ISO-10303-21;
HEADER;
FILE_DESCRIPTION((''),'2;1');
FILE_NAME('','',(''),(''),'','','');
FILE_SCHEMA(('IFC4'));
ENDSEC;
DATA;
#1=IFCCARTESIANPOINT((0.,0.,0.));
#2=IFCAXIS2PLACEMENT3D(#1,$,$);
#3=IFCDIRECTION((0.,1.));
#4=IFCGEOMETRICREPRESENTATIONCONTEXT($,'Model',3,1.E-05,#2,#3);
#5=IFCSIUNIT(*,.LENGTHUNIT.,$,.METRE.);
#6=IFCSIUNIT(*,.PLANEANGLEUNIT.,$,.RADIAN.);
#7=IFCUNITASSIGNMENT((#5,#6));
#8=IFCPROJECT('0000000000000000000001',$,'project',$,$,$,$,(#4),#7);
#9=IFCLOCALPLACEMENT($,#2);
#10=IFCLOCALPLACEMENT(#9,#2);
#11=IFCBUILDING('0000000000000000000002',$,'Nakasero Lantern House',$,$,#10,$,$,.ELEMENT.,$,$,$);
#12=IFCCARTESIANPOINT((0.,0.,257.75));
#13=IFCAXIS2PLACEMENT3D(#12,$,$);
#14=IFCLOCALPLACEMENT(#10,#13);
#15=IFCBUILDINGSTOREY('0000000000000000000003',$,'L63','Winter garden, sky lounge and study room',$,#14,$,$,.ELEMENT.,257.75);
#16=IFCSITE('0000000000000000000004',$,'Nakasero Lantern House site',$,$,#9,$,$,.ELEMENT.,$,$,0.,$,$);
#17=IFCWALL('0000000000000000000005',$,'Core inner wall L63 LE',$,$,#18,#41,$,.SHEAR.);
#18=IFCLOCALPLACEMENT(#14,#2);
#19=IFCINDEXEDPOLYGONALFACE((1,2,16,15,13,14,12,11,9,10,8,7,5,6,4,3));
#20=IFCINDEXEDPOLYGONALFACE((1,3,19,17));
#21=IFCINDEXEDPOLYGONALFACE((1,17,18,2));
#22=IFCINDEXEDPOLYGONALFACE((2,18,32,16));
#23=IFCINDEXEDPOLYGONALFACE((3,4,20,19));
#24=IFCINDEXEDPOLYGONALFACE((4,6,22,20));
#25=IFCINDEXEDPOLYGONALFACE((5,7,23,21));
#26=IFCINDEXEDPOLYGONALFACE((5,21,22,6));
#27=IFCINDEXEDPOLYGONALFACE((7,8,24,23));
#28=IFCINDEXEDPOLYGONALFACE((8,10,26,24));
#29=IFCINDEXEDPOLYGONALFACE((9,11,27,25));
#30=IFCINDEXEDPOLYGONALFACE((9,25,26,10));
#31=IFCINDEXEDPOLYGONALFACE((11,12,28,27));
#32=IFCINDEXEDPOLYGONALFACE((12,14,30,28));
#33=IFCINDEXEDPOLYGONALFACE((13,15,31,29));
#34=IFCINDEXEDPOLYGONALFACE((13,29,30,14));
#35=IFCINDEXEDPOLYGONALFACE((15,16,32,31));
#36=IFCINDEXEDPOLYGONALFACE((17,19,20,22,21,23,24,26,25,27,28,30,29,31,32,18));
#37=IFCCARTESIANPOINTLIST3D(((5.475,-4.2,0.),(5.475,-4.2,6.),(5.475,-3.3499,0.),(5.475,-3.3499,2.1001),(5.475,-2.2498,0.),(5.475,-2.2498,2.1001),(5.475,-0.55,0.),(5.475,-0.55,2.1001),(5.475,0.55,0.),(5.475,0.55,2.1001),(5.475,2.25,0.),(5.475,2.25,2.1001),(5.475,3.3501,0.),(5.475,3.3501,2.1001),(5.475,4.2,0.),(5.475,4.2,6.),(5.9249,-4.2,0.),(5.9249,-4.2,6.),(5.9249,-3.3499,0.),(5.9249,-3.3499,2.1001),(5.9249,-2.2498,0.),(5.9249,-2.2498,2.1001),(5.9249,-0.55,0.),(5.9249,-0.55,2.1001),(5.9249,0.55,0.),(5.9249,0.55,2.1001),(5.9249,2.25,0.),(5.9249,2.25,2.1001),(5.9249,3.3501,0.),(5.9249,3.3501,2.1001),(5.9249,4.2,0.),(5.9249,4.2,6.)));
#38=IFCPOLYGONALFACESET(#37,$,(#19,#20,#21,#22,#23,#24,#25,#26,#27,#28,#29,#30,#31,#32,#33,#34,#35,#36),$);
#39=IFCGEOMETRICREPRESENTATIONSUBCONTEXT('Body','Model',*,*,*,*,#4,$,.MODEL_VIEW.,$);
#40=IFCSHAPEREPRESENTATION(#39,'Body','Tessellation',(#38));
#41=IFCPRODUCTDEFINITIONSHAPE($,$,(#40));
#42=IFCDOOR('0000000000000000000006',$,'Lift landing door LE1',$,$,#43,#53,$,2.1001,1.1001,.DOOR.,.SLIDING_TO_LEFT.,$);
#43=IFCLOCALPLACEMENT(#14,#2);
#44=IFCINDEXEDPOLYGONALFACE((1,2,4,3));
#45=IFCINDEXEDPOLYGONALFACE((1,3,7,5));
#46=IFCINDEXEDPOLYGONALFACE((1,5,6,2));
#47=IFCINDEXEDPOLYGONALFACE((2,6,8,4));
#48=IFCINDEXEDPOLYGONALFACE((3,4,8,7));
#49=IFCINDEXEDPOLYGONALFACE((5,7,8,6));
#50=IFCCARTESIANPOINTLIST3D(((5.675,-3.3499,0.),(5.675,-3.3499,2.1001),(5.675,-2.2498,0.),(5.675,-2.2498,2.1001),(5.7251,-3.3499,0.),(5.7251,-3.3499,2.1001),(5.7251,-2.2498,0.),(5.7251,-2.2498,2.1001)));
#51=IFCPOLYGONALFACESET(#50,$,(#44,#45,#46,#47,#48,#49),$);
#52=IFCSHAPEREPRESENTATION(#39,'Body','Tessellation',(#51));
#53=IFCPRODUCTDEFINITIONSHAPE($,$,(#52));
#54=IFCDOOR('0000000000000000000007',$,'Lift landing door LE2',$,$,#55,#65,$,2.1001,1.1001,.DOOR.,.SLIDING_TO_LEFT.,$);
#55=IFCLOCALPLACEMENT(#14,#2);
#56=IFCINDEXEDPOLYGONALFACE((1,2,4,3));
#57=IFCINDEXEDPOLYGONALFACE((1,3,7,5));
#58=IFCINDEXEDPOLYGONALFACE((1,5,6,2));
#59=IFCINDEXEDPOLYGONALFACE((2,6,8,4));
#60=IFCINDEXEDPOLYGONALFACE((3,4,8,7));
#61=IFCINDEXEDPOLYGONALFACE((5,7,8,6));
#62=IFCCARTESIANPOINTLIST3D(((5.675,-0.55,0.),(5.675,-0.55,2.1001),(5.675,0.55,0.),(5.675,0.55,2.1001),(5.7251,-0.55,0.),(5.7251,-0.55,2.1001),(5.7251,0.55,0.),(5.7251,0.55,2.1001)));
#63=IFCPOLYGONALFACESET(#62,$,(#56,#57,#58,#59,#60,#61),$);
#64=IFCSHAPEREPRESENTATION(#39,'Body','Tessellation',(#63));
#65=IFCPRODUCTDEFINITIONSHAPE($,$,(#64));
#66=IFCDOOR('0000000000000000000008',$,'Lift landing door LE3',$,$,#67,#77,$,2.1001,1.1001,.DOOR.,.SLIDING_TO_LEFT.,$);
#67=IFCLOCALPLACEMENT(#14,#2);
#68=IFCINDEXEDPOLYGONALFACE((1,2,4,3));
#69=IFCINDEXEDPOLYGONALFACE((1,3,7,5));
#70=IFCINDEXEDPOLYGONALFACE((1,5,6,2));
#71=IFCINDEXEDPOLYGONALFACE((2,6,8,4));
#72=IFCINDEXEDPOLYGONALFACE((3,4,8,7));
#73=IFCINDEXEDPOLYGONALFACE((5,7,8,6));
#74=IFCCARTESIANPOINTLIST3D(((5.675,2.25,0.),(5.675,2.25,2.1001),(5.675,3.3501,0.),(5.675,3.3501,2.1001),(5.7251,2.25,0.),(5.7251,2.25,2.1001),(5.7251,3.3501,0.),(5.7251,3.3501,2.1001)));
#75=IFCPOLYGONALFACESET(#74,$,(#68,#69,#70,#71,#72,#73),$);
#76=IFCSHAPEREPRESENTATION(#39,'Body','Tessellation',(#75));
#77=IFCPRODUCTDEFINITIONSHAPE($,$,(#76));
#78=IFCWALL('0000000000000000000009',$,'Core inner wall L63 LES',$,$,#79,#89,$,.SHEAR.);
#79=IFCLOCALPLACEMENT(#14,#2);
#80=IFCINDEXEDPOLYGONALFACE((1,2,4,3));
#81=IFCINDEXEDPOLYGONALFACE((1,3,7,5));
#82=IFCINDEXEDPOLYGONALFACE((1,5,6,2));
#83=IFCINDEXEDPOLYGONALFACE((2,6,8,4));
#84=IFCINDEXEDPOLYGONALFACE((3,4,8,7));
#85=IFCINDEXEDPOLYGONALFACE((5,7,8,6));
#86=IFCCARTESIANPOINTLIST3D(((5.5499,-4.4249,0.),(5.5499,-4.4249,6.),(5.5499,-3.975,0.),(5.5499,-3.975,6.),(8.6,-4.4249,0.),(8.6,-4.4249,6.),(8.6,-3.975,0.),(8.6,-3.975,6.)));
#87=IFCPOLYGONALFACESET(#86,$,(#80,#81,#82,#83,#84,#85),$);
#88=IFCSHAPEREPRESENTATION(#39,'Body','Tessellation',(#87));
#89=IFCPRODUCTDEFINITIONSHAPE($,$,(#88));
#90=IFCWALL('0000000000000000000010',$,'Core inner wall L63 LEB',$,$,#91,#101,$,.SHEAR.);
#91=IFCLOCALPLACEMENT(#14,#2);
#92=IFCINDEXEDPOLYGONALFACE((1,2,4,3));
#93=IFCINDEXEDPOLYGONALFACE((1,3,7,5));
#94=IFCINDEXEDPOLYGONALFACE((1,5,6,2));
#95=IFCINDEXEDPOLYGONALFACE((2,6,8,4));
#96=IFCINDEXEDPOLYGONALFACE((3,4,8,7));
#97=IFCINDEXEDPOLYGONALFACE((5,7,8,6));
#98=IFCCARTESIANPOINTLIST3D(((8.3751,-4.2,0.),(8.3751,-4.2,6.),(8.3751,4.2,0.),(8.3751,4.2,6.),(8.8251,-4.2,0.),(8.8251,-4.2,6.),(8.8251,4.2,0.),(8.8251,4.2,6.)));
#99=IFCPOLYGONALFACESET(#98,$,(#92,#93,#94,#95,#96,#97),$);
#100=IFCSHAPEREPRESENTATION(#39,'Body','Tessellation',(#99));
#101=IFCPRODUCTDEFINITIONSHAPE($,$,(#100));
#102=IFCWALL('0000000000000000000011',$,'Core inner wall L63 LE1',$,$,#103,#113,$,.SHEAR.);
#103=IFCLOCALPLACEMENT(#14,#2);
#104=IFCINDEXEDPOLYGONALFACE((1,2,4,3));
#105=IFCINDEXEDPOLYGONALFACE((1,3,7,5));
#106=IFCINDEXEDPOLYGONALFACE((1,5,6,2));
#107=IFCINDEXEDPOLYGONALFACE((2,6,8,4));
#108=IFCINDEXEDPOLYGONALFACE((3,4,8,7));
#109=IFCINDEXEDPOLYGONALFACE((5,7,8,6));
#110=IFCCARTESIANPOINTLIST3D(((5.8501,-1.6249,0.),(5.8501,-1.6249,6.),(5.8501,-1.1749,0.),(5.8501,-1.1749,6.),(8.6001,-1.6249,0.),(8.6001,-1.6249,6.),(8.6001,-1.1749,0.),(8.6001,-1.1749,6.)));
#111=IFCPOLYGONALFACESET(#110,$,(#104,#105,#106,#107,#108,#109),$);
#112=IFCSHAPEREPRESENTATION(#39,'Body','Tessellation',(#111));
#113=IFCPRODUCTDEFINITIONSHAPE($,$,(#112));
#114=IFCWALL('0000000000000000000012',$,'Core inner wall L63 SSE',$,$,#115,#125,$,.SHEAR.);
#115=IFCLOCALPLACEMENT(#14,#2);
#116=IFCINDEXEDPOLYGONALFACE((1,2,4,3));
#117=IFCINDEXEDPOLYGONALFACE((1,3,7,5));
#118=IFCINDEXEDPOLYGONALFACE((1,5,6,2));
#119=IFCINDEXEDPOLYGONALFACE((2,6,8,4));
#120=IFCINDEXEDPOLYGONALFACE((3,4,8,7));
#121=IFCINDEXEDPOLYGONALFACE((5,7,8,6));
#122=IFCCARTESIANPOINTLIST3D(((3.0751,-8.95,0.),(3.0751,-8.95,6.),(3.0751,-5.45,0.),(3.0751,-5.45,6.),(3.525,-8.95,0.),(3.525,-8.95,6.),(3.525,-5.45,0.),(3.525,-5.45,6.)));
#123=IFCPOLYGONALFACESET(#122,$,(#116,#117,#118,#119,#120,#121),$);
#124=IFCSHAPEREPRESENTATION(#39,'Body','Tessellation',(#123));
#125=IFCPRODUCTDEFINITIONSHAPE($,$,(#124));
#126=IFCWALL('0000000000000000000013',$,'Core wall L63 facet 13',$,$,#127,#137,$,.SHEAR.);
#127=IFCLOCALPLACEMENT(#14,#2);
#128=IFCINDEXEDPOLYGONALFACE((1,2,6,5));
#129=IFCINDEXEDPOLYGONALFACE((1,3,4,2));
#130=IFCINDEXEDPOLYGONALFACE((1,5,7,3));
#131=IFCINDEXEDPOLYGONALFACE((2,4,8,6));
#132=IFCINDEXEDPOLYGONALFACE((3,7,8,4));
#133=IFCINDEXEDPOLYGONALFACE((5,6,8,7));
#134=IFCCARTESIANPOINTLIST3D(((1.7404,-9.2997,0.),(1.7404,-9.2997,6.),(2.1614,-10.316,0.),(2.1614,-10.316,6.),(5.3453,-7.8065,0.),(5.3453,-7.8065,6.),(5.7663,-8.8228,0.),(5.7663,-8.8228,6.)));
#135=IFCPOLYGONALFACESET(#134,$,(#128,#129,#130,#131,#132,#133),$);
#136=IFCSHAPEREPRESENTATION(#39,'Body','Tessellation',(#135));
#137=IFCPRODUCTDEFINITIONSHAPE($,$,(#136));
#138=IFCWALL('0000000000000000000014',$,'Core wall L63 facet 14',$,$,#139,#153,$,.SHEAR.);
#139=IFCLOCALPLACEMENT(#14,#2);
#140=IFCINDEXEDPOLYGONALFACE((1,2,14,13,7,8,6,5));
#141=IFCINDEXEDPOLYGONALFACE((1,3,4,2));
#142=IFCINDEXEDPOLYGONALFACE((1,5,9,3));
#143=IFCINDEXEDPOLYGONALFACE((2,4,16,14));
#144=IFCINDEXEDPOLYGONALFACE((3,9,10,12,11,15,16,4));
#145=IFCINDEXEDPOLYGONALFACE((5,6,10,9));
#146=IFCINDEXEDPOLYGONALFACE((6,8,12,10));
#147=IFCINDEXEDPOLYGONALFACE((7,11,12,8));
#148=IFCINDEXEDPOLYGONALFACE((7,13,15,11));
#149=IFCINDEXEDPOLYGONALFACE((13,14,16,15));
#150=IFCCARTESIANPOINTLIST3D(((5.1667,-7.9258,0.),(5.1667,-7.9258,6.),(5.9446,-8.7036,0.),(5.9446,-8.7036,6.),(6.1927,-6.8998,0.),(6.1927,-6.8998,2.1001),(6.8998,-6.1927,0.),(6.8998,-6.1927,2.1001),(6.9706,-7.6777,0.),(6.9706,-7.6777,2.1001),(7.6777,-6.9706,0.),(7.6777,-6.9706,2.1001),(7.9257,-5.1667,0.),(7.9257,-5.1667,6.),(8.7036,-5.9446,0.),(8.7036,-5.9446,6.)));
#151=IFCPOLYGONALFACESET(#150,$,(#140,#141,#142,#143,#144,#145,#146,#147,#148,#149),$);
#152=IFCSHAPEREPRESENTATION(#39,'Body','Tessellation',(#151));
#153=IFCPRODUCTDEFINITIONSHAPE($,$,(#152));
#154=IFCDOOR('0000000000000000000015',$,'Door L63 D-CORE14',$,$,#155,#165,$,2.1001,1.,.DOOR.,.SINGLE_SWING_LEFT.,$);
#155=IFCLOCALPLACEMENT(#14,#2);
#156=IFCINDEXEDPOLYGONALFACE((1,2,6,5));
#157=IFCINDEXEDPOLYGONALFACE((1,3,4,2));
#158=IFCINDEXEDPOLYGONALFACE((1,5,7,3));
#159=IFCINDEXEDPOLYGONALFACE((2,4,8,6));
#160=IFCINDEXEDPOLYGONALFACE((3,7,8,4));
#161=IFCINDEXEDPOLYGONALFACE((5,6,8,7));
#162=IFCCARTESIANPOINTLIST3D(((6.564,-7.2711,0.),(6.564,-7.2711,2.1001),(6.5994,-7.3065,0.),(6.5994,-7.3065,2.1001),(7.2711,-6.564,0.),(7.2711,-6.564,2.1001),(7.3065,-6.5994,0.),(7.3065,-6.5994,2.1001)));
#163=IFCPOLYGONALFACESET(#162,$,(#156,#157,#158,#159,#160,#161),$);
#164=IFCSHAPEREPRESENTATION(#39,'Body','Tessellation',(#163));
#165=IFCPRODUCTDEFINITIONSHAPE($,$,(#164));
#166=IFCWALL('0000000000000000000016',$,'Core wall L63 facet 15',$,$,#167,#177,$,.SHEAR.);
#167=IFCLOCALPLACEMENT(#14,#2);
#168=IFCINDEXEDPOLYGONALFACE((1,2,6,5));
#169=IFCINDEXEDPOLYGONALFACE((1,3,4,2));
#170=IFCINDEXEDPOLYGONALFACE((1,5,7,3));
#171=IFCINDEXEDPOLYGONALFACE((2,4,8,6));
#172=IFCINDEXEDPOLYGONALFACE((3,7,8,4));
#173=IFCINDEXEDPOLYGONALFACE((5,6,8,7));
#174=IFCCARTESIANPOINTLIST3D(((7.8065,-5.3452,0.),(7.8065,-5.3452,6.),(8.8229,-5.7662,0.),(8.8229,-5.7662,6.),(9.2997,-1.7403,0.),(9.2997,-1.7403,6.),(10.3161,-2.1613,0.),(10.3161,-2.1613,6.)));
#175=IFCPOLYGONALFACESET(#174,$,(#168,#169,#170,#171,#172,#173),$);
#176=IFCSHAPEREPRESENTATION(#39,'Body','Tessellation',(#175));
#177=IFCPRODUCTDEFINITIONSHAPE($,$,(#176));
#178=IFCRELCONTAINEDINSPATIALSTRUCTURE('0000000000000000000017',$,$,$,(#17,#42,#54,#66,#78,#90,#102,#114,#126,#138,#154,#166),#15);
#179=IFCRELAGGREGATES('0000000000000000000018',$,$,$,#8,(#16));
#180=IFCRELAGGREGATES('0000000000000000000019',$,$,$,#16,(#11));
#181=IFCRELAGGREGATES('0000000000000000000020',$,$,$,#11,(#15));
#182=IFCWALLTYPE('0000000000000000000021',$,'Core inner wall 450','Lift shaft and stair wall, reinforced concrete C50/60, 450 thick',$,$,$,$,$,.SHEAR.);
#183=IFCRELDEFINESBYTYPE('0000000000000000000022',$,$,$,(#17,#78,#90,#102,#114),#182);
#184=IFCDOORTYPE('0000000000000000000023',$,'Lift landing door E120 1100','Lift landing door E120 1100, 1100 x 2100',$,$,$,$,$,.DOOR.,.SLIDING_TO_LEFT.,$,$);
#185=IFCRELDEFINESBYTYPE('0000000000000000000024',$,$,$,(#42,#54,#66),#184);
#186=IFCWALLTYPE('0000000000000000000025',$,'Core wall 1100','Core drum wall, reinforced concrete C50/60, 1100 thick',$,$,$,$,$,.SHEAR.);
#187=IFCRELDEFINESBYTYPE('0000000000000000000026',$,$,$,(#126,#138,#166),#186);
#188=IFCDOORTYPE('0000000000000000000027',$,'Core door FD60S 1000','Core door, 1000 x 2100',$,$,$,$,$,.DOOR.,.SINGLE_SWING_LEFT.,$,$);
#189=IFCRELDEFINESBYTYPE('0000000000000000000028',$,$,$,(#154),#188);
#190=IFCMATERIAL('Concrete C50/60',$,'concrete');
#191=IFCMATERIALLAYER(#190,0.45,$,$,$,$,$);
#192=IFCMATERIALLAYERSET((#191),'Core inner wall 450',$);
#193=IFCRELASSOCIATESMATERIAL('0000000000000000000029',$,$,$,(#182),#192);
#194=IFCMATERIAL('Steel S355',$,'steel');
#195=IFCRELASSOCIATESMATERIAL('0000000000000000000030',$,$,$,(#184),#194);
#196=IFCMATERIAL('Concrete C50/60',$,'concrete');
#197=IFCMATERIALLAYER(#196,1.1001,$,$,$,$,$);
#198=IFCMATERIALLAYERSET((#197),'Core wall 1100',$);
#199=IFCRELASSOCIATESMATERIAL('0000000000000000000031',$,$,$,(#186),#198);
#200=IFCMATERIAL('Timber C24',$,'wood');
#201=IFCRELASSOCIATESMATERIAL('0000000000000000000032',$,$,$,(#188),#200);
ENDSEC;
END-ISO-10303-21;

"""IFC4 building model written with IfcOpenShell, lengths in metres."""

from ifc_helpers import new_model, si_unit, direction, frame, frame_2d, origin, place, context, subcontext, project, spatial, rectangle, extrude, material, layer, layer_set, type_object, element, fill, save


model = new_model("IFC4")

# Units and contexts
model_context = context("Model", 3, precision=1e-05, world=origin(), true_north=direction((0.0, 1.0)))
body_context = subcontext(model_context, "Body", "Model", "MODEL_VIEW")
ifc_project = project(units=[si_unit("LENGTHUNIT", "METRE"), si_unit("PLANEANGLEUNIT", "RADIAN")], contexts=[model_context])

# Site, building, storey
site_placement = place(None, origin())
site = spatial("IfcSite", under=ifc_project, at=site_placement, Name="Nakasero Lantern House site", CompositionType="ELEMENT", RefElevation=0.0)
building_placement = place(site_placement, origin())
building = spatial("IfcBuilding", under=site, at=building_placement, Name="Nakasero Lantern House", CompositionType="ELEMENT")
storey_placement = place(building_placement, frame((0.0, 0.0, 257.75)))
storey = spatial("IfcBuildingStorey", under=building, at=storey_placement, Name="L63", Description="Winter garden, sky lounge and study room", CompositionType="ELEMENT", Elevation=257.75)

# Wall, openings, doors
ifc_material_1 = material(Name="Concrete C50/60", Category="concrete")
ifc_layer_1 = layer(ifc_material_1, 0.45)
ifc_layer_set_1 = layer_set([ifc_layer_1], Name="Core inner wall 450")
wall_type_1 = type_object("IfcWallType", Name="Core inner wall 450", Description="Lift shaft and stair wall, reinforced concrete C50/60, 450 thick", PredefinedType="SHEAR", material=ifc_layer_set_1)
wall_1_placement = place(storey_placement, frame((5.7, -4.2, 0.0), z_axis=(0.0, 0.0, 1.0), x_axis=(0.0, 1.0, 0.0)))
wall_1 = element("IfcWall", 1, at=wall_1_placement, inside=storey, type_object=wall_type_1, Name="Core inner wall L63 LE", PredefinedType="SHEAR", context=body_context, shape_type="SweptSolid", body=[
    extrude(rectangle(XDim=8.3999, YDim=0.45, at=frame_2d((4.2, 0.0))), origin(), (0.0, 0.0, 1.0), 6.0),
])
opening_1_placement = place(wall_1_placement, frame((0.8501, 0.0, 0.0)))
opening_1 = element("IfcOpeningElement", 2, at=opening_1_placement, cuts=wall_1, PredefinedType="OPENING", context=body_context, shape_type="SweptSolid", body=[
    extrude(rectangle(XDim=1.1001, YDim=2.1001, at=frame_2d((0.55, 1.05))), frame((0.0, 0.2449, 0.0), z_axis=(0.0, -1.0, 0.0), x_axis=(1.0, 0.0, 0.0)), (0.0, 0.0, 1.0), 0.49),
])
opening_2_placement = place(wall_1_placement, frame((3.6499, 0.0, 0.0)))
opening_2 = element("IfcOpeningElement", 3, at=opening_2_placement, cuts=wall_1, PredefinedType="OPENING", context=body_context, shape_type="SweptSolid", body=[
    extrude(rectangle(XDim=1.1001, YDim=2.1001, at=frame_2d((0.55, 1.05))), frame((0.0, 0.2449, 0.0), z_axis=(0.0, -1.0, 0.0), x_axis=(1.0, 0.0, 0.0)), (0.0, 0.0, 1.0), 0.49),
])
opening_3_placement = place(wall_1_placement, frame((6.45, 0.0, 0.0)))
opening_3 = element("IfcOpeningElement", 4, at=opening_3_placement, cuts=wall_1, PredefinedType="OPENING", context=body_context, shape_type="SweptSolid", body=[
    extrude(rectangle(XDim=1.1001, YDim=2.1001, at=frame_2d((0.55, 1.05))), frame((0.0, 0.2449, 0.0), z_axis=(0.0, -1.0, 0.0), x_axis=(1.0, 0.0, 0.0)), (0.0, 0.0, 1.0), 0.49),
])
ifc_material_2 = material(Name="Steel S355", Category="steel")
door_type_1 = type_object("IfcDoorType", Name="Lift landing door E120 1100", Description="Lift landing door E120 1100, 1100 x 2100", OperationType="SLIDING_TO_LEFT", PredefinedType="DOOR", material=ifc_material_2)
door_1_placement = place(opening_1_placement, origin())
door_1 = element("IfcDoor", 5, at=door_1_placement, inside=storey, type_object=door_type_1, Name="Lift landing door LE1", OperationType="SLIDING_TO_LEFT", OverallHeight=2.1001, OverallWidth=1.1001, PredefinedType="DOOR", context=body_context, shape_type="SweptSolid", body=[
    extrude(rectangle(XDim=1.1001, YDim=2.1001, at=frame_2d((0.55, 1.05))), frame((0.0, 0.0249, 0.0), z_axis=(0.0, -1.0, 0.0), x_axis=(1.0, 0.0, 0.0)), (0.0, 0.0, 1.0), 0.05),
])
fill(opening_1, door_1)
door_2_placement = place(opening_2_placement, origin())
door_2 = element("IfcDoor", 6, at=door_2_placement, inside=storey, type_object=door_type_1, Name="Lift landing door LE2", OperationType="SLIDING_TO_LEFT", OverallHeight=2.1001, OverallWidth=1.1001, PredefinedType="DOOR", context=body_context, shape_type="SweptSolid", body=[
    extrude(rectangle(XDim=1.1001, YDim=2.1001, at=frame_2d((0.55, 1.05))), frame((0.0, 0.0249, 0.0), z_axis=(0.0, -1.0, 0.0), x_axis=(1.0, 0.0, 0.0)), (0.0, 0.0, 1.0), 0.05),
])
fill(opening_2, door_2)
door_3_placement = place(opening_3_placement, origin())
door_3 = element("IfcDoor", 7, at=door_3_placement, inside=storey, type_object=door_type_1, Name="Lift landing door LE3", OperationType="SLIDING_TO_LEFT", OverallHeight=2.1001, OverallWidth=1.1001, PredefinedType="DOOR", context=body_context, shape_type="SweptSolid", body=[
    extrude(rectangle(XDim=1.1001, YDim=2.1001, at=frame_2d((0.55, 1.05))), frame((0.0, 0.0249, 0.0), z_axis=(0.0, -1.0, 0.0), x_axis=(1.0, 0.0, 0.0)), (0.0, 0.0, 1.0), 0.05),
])
fill(opening_3, door_3)

# Walls
wall_2_placement = place(storey_placement, frame((5.55, -4.2, 0.0), z_axis=(0.0, 0.0, 1.0), x_axis=(1.0, 0.0, 0.0)))
element("IfcWall", 8, at=wall_2_placement, inside=storey, type_object=wall_type_1, Name="Core inner wall L63 LES", PredefinedType="SHEAR", context=body_context, shape_type="SweptSolid", body=[
    extrude(rectangle(XDim=3.05, YDim=0.45, at=frame_2d((1.5249, 0.0))), origin(), (0.0, 0.0, 1.0), 6.0),
])
wall_3_placement = place(storey_placement, frame((8.6001, -4.2, 0.0), z_axis=(0.0, 0.0, 1.0), x_axis=(0.0, 1.0, 0.0)))
element("IfcWall", 9, at=wall_3_placement, inside=storey, type_object=wall_type_1, Name="Core inner wall L63 LEB", PredefinedType="SHEAR", context=body_context, shape_type="SweptSolid", body=[
    extrude(rectangle(XDim=8.3999, YDim=0.45, at=frame_2d((4.2, 0.0))), origin(), (0.0, 0.0, 1.0), 6.0),
])
wall_4_placement = place(storey_placement, frame((5.8501, -1.3999, 0.0), z_axis=(0.0, 0.0, 1.0), x_axis=(1.0, 0.0, 0.0)))
element("IfcWall", 10, at=wall_4_placement, inside=storey, type_object=wall_type_1, Name="Core inner wall L63 LE1", PredefinedType="SHEAR", context=body_context, shape_type="SweptSolid", body=[
    extrude(rectangle(XDim=2.75, YDim=0.45, at=frame_2d((1.375, 0.0))), origin(), (0.0, 0.0, 1.0), 6.0),
])
wall_5_placement = place(storey_placement, frame((3.3, -5.45, 0.0), z_axis=(0.0, 0.0, 1.0), x_axis=(0.0, -1.0, 0.0)))
element("IfcWall", 11, at=wall_5_placement, inside=storey, type_object=wall_type_1, Name="Core inner wall L63 SSE", PredefinedType="SHEAR", context=body_context, shape_type="SweptSolid", body=[
    extrude(rectangle(XDim=3.5, YDim=0.45, at=frame_2d((1.75, 0.0))), origin(), (0.0, 0.0, 1.0), 6.0),
])
ifc_material_3 = material(Name="Concrete C50/60", Category="concrete")
ifc_layer_2 = layer(ifc_material_3, 1.1001)
ifc_layer_set_2 = layer_set([ifc_layer_2], Name="Core wall 1100")
wall_type_2 = type_object("IfcWallType", Name="Core wall 1100", Description="Core drum wall, reinforced concrete C50/60, 1100 thick", PredefinedType="SHEAR", material=ifc_layer_set_2)
wall_6_placement = place(storey_placement, frame((1.9509, -9.8079, 0.0), z_axis=(0.0, 0.0, 1.0), x_axis=(0.923877, 0.382691, 0.0)))
element("IfcWall", 12, at=wall_6_placement, inside=storey, type_object=wall_type_2, Name="Core wall L63 facet 13", PredefinedType="SHEAR", context=body_context, shape_type="SweptSolid", body=[
    extrude(rectangle(XDim=3.9019, YDim=1.1001, at=frame_2d((1.9509, 0.0))), origin(), (0.0, 0.0, 1.0), 6.0),
])

# Wall, opening, door
wall_7_placement = place(storey_placement, frame((5.5557, -8.3147, 0.0), z_axis=(0.0, 0.0, 1.0), x_axis=(0.707107, 0.707107, 0.0)))
wall_7 = element("IfcWall", 13, at=wall_7_placement, inside=storey, type_object=wall_type_2, Name="Core wall L63 facet 14", PredefinedType="SHEAR", context=body_context, shape_type="SweptSolid", body=[
    extrude(rectangle(XDim=3.9019, YDim=1.1001, at=frame_2d((1.9509, 0.0))), origin(), (0.0, 0.0, 1.0), 6.0),
])
opening_4_placement = place(wall_7_placement, frame((1.4509, 0.0, 0.0)))
opening_4 = element("IfcOpeningElement", 14, at=opening_4_placement, cuts=wall_7, PredefinedType="OPENING", context=body_context, shape_type="SweptSolid", body=[
    extrude(rectangle(XDim=1.0, YDim=2.1001, at=frame_2d((0.5, 1.05))), frame((0.0, 0.5701, 0.0), z_axis=(0.0, -1.0, 0.0), x_axis=(1.0, 0.0, 0.0)), (0.0, 0.0, 1.0), 1.1401),
])
ifc_material_4 = material(Name="Timber C24", Category="wood")
door_type_2 = type_object("IfcDoorType", Name="Core door FD60S 1000", Description="Core door, 1000 x 2100", OperationType="SINGLE_SWING_LEFT", PredefinedType="DOOR", material=ifc_material_4)
door_4_placement = place(opening_4_placement, origin())
door_4 = element("IfcDoor", 15, at=door_4_placement, inside=storey, type_object=door_type_2, Name="Door L63 D-CORE14", OperationType="SINGLE_SWING_LEFT", OverallHeight=2.1001, OverallWidth=1.0, PredefinedType="DOOR", context=body_context, shape_type="SweptSolid", body=[
    extrude(rectangle(XDim=1.0, YDim=2.1001, at=frame_2d((0.5, 1.05))), frame((0.0, 0.0249, 0.0), z_axis=(0.0, -1.0, 0.0), x_axis=(1.0, 0.0, 0.0)), (0.0, 0.0, 1.0), 0.05),
])
fill(opening_4, door_4)

# Wall
for number, where, z_axis, x_axis, name in (
    (16, (8.3147, -5.5557, 0.0), (0.0, 0.0, 1.0), (0.382691, 0.923877, 0.0), "Core wall L63 facet 15"),
):
    element("IfcWall", number, at=place(storey_placement, frame(where, z_axis=z_axis, x_axis=x_axis)), inside=storey, type_object=wall_type_2, Name=name, PredefinedType="SHEAR", context=body_context, shape_type="SweptSolid", body=[
        extrude(rectangle(XDim=3.9019, YDim=1.1001, at=frame_2d((1.9509, 0.0))), origin(), (0.0, 0.0, 1.0), 6.0),
    ])

save(model, "model.ifc")
